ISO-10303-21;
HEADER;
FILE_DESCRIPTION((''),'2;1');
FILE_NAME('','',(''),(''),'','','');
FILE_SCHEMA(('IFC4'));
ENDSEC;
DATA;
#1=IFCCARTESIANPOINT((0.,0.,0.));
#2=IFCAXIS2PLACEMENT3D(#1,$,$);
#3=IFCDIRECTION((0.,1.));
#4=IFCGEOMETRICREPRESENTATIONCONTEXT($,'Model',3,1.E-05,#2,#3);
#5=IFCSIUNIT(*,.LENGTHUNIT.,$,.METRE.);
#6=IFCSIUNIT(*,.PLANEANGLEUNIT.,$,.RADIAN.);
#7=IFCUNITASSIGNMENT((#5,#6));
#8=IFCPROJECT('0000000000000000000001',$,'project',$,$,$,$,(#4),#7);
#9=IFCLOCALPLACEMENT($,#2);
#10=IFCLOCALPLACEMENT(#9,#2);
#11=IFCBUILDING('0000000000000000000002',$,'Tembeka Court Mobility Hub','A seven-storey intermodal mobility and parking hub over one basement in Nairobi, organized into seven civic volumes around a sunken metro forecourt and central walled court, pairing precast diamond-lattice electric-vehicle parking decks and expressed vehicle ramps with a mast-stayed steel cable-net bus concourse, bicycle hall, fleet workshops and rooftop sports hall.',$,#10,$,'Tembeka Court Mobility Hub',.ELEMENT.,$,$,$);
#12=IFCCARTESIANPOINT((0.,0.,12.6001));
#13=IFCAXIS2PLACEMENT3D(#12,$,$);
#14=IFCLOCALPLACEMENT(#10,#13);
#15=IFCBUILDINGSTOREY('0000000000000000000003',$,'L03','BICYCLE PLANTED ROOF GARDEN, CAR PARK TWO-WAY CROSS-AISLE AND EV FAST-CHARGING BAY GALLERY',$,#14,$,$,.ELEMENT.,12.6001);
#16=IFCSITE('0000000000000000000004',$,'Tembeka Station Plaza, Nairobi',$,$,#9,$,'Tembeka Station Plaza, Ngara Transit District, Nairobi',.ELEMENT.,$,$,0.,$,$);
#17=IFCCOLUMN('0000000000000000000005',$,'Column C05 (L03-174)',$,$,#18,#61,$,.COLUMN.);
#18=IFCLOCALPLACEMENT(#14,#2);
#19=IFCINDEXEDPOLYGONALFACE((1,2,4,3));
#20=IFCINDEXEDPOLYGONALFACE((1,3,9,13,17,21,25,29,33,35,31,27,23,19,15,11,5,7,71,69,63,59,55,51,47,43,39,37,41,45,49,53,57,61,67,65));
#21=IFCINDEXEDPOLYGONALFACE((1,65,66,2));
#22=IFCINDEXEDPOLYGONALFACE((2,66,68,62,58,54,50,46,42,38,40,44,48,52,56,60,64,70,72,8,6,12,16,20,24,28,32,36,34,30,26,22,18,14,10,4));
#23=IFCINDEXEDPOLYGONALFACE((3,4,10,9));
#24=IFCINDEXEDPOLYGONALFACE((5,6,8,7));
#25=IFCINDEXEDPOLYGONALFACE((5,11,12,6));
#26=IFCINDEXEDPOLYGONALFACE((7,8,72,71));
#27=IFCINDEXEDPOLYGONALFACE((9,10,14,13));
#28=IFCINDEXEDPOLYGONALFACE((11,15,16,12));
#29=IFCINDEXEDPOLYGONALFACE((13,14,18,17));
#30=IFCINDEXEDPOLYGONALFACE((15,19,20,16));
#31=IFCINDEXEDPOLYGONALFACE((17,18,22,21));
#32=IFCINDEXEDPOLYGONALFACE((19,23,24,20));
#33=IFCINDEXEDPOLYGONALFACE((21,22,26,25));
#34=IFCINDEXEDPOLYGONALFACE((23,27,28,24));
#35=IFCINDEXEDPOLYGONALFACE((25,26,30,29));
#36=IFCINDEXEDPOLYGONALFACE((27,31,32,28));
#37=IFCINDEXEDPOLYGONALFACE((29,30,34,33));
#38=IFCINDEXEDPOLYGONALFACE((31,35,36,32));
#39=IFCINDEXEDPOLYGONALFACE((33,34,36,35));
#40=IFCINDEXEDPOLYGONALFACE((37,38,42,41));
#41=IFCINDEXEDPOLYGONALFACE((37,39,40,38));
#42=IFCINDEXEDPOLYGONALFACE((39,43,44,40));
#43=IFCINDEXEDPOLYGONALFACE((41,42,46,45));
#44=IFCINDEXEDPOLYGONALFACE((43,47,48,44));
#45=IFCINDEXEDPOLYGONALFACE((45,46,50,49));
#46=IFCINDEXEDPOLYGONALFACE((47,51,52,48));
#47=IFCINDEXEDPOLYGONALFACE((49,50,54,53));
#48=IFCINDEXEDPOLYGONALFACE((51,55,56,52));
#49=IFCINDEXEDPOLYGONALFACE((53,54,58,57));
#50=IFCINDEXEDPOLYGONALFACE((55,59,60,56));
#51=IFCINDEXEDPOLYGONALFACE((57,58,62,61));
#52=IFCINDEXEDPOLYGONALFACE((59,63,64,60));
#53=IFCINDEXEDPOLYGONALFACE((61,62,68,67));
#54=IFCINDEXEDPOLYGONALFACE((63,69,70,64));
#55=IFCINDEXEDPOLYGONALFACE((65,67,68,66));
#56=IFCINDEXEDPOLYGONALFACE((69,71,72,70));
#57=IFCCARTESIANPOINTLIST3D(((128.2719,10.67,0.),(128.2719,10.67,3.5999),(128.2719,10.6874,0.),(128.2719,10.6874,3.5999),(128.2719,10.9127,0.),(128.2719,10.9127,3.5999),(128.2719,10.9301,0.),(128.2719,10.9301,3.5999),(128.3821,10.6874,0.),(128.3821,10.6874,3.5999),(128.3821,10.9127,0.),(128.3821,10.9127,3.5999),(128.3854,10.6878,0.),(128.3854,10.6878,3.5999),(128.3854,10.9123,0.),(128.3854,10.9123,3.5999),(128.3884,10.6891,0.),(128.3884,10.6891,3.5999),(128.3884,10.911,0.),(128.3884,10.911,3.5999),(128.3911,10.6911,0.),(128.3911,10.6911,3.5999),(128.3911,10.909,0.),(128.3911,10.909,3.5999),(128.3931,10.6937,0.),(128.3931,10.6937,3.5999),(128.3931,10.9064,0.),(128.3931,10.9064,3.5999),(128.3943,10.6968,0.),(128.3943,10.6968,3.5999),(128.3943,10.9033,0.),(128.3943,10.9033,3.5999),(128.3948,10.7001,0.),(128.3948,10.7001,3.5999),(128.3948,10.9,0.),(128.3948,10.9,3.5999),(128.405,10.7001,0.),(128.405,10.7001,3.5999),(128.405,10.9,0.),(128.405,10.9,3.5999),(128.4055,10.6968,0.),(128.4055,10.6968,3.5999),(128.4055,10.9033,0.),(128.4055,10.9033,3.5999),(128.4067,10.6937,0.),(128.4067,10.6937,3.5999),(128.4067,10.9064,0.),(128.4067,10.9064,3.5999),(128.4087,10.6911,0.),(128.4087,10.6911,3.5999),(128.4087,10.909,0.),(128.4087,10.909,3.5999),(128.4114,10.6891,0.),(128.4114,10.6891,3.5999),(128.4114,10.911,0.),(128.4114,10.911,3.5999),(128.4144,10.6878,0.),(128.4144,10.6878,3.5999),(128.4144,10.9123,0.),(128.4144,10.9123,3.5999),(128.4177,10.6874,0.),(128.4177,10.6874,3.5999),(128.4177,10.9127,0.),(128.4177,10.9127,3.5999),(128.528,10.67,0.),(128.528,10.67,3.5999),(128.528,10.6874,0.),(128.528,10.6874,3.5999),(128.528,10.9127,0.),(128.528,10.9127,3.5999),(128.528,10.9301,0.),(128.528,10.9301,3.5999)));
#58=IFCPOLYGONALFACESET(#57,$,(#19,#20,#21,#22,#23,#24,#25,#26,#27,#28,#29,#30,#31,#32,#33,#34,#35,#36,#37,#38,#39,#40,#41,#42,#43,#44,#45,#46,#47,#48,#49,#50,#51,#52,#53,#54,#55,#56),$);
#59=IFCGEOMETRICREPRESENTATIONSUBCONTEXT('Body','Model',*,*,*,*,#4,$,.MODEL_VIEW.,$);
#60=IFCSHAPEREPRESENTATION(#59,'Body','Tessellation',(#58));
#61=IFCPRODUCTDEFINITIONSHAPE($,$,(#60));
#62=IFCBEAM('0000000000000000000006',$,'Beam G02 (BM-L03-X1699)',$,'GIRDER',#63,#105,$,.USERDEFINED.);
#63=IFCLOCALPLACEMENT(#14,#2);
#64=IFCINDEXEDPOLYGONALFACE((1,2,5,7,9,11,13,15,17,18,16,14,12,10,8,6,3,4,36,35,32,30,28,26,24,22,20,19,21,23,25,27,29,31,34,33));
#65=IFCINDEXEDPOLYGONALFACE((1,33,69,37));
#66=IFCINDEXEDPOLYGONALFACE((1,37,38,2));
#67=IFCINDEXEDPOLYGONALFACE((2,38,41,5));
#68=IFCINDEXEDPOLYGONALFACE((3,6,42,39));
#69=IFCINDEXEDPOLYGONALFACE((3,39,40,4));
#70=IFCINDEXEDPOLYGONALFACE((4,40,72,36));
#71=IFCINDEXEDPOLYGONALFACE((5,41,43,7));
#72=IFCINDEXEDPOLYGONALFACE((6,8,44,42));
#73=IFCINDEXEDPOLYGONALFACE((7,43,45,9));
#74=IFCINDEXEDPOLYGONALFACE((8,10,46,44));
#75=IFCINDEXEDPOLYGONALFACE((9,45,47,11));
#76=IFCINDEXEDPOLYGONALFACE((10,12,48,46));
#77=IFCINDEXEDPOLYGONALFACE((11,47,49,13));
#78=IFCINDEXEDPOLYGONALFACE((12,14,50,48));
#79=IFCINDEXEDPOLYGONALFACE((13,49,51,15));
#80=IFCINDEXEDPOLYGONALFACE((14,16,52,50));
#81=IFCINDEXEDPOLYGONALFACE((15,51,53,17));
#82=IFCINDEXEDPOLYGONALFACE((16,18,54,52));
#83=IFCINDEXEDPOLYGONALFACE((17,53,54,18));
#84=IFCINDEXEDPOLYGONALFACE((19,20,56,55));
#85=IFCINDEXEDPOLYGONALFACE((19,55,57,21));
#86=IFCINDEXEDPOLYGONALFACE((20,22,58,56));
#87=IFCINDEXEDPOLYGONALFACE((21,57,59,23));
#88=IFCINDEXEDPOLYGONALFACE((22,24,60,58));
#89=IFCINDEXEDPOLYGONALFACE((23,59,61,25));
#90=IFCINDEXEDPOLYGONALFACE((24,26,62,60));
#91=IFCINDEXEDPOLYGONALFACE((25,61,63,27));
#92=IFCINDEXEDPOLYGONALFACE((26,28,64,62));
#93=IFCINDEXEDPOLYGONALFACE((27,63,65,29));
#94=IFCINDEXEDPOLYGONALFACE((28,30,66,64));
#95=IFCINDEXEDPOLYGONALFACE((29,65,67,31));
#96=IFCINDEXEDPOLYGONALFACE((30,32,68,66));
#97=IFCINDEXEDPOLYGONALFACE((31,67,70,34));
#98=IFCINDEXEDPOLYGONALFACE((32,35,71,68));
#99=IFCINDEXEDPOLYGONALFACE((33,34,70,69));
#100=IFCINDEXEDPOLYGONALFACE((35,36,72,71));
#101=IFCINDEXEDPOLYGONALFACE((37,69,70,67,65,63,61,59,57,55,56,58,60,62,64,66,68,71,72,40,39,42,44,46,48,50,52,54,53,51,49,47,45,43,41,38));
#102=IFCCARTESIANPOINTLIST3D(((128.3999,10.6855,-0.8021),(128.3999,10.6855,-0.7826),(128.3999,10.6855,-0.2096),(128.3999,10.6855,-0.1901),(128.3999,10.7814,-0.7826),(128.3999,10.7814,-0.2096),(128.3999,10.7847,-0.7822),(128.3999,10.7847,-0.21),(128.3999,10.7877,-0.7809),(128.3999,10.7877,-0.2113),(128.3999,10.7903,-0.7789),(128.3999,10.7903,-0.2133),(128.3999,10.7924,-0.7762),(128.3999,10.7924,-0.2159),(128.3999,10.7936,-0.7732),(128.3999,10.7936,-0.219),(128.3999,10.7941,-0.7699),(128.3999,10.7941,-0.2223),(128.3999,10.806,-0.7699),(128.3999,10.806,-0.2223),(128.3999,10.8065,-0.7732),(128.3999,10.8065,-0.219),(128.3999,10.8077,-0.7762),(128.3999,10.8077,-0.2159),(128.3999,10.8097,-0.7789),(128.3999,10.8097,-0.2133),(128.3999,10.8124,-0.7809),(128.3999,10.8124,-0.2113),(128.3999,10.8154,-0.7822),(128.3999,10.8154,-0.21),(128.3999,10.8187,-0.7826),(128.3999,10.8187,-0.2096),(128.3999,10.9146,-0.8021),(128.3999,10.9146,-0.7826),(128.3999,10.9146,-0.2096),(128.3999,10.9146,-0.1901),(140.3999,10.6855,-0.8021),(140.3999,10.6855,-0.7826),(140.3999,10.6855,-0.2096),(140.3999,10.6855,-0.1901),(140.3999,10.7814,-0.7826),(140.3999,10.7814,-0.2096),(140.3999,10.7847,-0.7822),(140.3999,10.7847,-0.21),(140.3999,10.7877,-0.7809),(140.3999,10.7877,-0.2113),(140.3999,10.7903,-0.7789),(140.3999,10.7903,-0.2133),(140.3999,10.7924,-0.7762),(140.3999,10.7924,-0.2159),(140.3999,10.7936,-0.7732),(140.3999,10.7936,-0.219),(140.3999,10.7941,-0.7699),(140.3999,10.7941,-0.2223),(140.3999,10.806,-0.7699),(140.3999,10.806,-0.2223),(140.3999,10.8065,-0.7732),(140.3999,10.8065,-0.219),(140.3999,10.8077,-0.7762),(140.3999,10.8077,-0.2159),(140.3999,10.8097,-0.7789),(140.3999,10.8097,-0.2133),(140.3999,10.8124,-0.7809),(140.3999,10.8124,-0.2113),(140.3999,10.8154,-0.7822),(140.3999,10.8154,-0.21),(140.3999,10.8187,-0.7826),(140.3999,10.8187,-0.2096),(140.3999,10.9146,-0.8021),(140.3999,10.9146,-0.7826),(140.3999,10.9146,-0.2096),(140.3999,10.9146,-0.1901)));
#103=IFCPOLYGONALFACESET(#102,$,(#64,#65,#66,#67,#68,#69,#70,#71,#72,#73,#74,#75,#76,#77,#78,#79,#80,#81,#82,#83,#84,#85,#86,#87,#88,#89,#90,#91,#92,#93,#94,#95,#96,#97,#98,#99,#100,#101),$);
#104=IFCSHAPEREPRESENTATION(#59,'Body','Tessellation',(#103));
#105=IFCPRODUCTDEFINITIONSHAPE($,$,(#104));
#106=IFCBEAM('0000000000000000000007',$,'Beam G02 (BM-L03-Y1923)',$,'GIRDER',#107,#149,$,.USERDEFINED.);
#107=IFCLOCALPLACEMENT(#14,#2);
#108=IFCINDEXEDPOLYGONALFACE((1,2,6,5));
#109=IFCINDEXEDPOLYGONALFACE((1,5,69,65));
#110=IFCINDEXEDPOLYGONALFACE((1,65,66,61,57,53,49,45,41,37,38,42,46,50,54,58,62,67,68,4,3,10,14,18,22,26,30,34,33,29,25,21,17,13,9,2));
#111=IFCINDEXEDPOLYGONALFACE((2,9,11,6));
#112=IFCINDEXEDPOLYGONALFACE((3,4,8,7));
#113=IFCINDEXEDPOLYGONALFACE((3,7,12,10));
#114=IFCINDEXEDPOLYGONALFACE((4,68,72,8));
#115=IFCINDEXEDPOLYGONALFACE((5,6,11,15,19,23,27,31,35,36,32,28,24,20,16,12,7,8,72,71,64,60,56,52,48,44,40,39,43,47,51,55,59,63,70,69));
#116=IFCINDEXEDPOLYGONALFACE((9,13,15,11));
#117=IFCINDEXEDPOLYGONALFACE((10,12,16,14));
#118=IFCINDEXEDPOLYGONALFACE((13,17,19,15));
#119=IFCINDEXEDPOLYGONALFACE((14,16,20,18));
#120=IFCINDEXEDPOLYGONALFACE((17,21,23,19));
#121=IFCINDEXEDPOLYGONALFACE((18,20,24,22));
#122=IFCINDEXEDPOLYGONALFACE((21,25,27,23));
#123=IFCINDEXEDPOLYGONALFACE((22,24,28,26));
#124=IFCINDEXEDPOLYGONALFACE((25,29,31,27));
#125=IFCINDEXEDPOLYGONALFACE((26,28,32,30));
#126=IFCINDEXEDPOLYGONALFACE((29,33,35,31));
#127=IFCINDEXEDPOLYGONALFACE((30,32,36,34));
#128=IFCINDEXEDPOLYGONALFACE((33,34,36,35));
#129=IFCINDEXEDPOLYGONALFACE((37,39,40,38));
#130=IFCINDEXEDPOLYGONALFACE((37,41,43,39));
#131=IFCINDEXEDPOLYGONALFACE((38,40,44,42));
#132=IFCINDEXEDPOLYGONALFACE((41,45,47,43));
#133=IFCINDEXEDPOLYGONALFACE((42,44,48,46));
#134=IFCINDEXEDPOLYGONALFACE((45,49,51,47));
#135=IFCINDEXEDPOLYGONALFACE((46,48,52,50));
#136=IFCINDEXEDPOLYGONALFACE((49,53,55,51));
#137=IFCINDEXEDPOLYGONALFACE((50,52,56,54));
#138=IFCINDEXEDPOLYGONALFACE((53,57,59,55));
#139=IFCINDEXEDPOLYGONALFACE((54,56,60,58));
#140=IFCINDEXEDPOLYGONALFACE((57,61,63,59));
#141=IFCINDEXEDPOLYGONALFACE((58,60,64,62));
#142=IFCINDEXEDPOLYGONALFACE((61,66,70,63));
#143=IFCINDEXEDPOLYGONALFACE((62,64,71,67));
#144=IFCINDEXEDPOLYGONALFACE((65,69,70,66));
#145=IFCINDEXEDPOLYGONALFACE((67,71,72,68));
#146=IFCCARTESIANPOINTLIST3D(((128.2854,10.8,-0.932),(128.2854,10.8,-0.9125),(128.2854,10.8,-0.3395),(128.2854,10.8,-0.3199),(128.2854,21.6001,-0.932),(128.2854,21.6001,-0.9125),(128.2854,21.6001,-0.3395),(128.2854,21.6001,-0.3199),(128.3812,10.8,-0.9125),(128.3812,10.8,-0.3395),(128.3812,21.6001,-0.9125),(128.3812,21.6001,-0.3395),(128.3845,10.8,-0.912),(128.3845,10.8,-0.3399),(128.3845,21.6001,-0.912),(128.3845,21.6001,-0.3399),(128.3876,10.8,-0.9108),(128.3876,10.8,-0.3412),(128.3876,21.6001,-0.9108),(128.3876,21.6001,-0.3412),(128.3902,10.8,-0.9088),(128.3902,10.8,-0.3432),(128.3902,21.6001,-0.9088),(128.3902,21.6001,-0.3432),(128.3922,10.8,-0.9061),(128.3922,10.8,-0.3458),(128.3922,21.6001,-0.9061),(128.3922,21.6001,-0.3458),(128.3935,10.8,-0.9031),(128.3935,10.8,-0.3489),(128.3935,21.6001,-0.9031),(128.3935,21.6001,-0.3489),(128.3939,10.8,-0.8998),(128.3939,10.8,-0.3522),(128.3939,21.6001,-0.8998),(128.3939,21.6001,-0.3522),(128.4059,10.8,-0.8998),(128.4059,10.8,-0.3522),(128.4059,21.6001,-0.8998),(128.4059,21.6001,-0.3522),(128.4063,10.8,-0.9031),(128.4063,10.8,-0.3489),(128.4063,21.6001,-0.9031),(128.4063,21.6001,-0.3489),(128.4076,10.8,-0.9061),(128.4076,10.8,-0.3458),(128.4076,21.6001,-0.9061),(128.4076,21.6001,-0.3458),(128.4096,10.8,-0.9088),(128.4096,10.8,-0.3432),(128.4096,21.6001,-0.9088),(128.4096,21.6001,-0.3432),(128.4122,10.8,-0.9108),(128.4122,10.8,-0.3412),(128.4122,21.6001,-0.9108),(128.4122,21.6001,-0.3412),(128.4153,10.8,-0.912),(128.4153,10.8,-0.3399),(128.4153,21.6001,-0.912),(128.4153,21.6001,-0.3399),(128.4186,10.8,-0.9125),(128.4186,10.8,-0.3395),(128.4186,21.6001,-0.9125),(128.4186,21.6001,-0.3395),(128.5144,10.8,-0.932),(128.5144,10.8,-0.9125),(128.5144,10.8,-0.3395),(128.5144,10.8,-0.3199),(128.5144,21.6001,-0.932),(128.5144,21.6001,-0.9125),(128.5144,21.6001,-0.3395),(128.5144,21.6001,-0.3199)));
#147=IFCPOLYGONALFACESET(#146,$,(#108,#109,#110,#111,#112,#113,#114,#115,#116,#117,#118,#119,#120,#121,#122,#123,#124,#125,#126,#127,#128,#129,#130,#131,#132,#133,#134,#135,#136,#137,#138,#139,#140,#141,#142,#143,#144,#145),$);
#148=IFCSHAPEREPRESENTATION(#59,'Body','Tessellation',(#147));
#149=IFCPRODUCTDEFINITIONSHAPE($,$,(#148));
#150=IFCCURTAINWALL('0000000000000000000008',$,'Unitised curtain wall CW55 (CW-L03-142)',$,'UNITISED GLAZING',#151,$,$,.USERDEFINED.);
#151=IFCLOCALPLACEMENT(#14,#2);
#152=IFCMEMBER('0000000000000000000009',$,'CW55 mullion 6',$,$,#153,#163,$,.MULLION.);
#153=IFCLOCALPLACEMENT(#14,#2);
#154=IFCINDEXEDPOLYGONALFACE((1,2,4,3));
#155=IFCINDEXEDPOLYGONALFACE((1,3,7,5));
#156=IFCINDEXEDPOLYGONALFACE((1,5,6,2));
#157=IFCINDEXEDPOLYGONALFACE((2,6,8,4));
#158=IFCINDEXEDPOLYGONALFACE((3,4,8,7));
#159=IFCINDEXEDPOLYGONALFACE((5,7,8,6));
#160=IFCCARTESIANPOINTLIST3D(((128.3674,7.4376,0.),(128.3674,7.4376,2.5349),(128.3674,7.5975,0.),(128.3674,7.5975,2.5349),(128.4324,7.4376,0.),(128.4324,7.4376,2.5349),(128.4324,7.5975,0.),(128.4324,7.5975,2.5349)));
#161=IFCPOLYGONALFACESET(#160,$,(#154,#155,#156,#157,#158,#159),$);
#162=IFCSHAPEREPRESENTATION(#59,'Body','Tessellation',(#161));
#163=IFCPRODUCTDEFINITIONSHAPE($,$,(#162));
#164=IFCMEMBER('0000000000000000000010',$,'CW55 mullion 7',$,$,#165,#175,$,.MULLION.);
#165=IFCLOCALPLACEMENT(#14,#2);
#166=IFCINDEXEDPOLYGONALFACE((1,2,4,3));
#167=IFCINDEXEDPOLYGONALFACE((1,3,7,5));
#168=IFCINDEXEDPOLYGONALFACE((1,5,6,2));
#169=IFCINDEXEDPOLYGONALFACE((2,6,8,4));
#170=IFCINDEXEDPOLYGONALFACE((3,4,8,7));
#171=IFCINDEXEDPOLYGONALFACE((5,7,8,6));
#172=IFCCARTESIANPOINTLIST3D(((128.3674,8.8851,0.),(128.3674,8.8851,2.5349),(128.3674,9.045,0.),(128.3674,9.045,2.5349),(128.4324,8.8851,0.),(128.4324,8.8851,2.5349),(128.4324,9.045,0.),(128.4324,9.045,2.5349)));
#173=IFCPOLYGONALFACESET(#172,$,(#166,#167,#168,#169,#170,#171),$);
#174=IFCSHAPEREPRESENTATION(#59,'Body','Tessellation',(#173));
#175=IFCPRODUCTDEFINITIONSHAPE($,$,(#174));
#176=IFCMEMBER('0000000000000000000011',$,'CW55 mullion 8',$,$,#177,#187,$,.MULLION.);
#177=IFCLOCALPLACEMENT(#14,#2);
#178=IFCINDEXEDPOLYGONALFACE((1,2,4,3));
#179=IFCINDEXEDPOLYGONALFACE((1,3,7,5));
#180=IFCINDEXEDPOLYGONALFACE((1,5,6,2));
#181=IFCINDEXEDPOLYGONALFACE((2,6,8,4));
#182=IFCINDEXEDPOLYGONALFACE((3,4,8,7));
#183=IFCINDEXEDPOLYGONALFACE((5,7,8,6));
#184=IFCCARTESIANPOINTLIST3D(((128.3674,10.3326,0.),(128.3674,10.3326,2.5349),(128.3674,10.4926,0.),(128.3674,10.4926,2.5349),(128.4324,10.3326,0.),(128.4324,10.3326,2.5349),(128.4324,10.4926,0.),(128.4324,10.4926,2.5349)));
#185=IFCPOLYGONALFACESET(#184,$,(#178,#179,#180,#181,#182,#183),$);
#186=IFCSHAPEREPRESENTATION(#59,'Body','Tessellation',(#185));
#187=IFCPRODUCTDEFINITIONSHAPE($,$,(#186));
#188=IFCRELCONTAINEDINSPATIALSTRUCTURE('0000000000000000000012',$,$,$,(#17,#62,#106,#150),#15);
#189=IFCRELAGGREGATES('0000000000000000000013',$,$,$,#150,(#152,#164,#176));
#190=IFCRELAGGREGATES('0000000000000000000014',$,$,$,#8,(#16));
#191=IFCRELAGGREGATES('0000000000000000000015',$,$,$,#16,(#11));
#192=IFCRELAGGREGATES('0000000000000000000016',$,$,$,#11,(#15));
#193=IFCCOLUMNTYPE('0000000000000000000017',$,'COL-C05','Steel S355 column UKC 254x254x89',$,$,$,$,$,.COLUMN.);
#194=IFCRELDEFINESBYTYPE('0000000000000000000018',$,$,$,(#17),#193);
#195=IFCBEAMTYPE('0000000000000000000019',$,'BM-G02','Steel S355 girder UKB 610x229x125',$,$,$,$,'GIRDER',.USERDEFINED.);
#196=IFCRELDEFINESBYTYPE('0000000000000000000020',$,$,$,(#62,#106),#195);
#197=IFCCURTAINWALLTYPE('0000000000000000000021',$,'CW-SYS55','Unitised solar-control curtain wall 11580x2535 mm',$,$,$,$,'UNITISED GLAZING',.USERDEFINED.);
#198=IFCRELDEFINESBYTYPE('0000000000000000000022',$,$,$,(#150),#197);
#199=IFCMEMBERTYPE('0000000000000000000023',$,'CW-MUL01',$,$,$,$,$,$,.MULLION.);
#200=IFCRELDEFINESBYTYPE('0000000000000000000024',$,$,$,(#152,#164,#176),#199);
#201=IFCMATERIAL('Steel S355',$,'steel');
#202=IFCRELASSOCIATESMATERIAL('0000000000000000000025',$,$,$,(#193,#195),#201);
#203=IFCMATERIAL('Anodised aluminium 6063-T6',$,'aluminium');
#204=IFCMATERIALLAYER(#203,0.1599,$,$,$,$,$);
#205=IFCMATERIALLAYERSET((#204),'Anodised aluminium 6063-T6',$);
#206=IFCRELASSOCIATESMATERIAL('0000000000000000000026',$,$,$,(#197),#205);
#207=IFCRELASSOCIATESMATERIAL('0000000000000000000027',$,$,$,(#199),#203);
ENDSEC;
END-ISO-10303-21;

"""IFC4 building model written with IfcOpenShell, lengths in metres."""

from ifc_helpers import new_model, si_unit, direction, frame, origin, origin_2d, place, context, subcontext, project, spatial, rectangle, i_section, extrude, material, layer, layer_set, material_profile, profile_set, type_object, element, aggregate, save


model = new_model("IFC4")

# Units and contexts
model_context = context("Model", 3, precision=1e-05, world=origin(), true_north=direction((0.0, 1.0)))
body_context = subcontext(model_context, "Body", "Model", "MODEL_VIEW")
ifc_project = project(units=[si_unit("LENGTHUNIT", "METRE"), si_unit("PLANEANGLEUNIT", "RADIAN")], contexts=[model_context])

# Site, building, storey
site_placement = place(None, origin())
site = spatial("IfcSite", under=ifc_project, at=site_placement, Name="Tembeka Station Plaza, Nairobi", LongName="Tembeka Station Plaza, Ngara Transit District, Nairobi", CompositionType="ELEMENT", RefElevation=0.0)
building_placement = place(site_placement, origin())
building = spatial("IfcBuilding", under=site, at=building_placement, Name="Tembeka Court Mobility Hub", Description="A seven-storey intermodal mobility and parking hub over one basement in Nairobi, organized into seven civic volumes around a sunken metro forecourt and central walled court, pairing precast diamond-lattice electric-vehicle parking decks and expressed vehicle ramps with a mast-stayed steel cable-net bus concourse, bicycle hall, fleet workshops and rooftop sports hall.", LongName="Tembeka Court Mobility Hub", CompositionType="ELEMENT")
storey_placement = place(building_placement, frame((0.0, 0.0, 12.6001)))
storey = spatial("IfcBuildingStorey", under=building, at=storey_placement, Name="L03", Description="BICYCLE PLANTED ROOF GARDEN, CAR PARK TWO-WAY CROSS-AISLE AND EV FAST-CHARGING BAY GALLERY", CompositionType="ELEMENT", Elevation=12.6001)

# Column
ifc_material_1 = material(Name="Steel S355", Category="steel")
ifc_material_profile_1 = material_profile(ifc_material_1, i_section(OverallWidth=0.2561, OverallDepth=0.26, WebThickness=0.0103, FlangeThickness=0.0173, FilletRadius=0.0127, at=origin_2d()), Name="UKC 254x254x89")
ifc_profile_set_1 = profile_set([ifc_material_profile_1], Name="Steel S355")
column_type = type_object("IfcColumnType", Name="COL-C05", Description="Steel S355 column UKC 254x254x89", PredefinedType="COLUMN", material=ifc_profile_set_1)
column_placement = place(storey_placement, frame((128.3999, 10.8, 0.0), z_axis=(0.0, 0.0, 1.0), x_axis=(1.0, 0.0, 0.0)))
element("IfcColumn", 1, at=column_placement, inside=storey, type_object=column_type, Name="Column C05 (L03-174)", PredefinedType="COLUMN", context=body_context, shape_type="SweptSolid", body=[
    extrude(i_section(OverallWidth=0.2561, OverallDepth=0.26, WebThickness=0.0103, FlangeThickness=0.0173, FilletRadius=0.0127, at=origin_2d()), origin(), (0.0, 0.0, 1.0), 3.5999),
])

# Beams
ifc_material_profile_2 = material_profile(ifc_material_1, i_section(OverallWidth=0.229, OverallDepth=0.6121, WebThickness=0.012, FlangeThickness=0.0195, FilletRadius=0.0127, at=origin_2d()), Name="UKB 610x229x125")
ifc_profile_set_2 = profile_set([ifc_material_profile_2], Name="Steel S355")
beam_type = type_object("IfcBeamType", Name="BM-G02", Description="Steel S355 girder UKB 610x229x125", ElementType="GIRDER", PredefinedType="USERDEFINED", material=ifc_profile_set_2)
beam_1_placement = place(storey_placement, frame((128.3999, 10.8, -0.4961), z_axis=(1.0, 0.0, 0.0), x_axis=(0.0, 1.0, 0.0)))
element("IfcBeam", 2, at=beam_1_placement, inside=storey, type_object=beam_type, Name="Beam G02 (BM-L03-X1699)", ObjectType="GIRDER", PredefinedType="USERDEFINED", context=body_context, shape_type="SweptSolid", body=[
    extrude(i_section(OverallWidth=0.229, OverallDepth=0.6121, WebThickness=0.012, FlangeThickness=0.0195, FilletRadius=0.0127, at=origin_2d()), origin(), (0.0, 0.0, 1.0), 12.0),
])
beam_2_placement = place(storey_placement, frame((128.3999, 10.8, -0.626), z_axis=(0.0, 1.0, 0.0), x_axis=(-1.0, 0.0, 0.0)))
element("IfcBeam", 3, at=beam_2_placement, inside=storey, type_object=beam_type, Name="Beam G02 (BM-L03-Y1923)", ObjectType="GIRDER", PredefinedType="USERDEFINED", context=body_context, shape_type="SweptSolid", body=[
    extrude(i_section(OverallWidth=0.229, OverallDepth=0.6121, WebThickness=0.012, FlangeThickness=0.0195, FilletRadius=0.0127, at=origin_2d()), origin(), (0.0, 0.0, 1.0), 10.8),
])

# Curtain wall, members
ifc_material_2 = material(Name="Anodised aluminium 6063-T6", Category="aluminium")
ifc_layer_1 = layer(ifc_material_2, 0.1599)
ifc_layer_set_1 = layer_set([ifc_layer_1], Name="Anodised aluminium 6063-T6")
curtain_wall_type_1 = type_object("IfcCurtainWallType", Name="CW-SYS55", Description="Unitised solar-control curtain wall 11580x2535 mm", ElementType="UNITISED GLAZING", PredefinedType="USERDEFINED", material=ifc_layer_set_1)
curtain_wall_1_placement = place(storey_placement, origin())
curtain_wall_1 = element("IfcCurtainWall", 4, at=curtain_wall_1_placement, inside=storey, type_object=curtain_wall_type_1, Name="Unitised curtain wall CW55 (CW-L03-142)", ObjectType="UNITISED GLAZING", PredefinedType="USERDEFINED")
ifc_material_profile_3 = material_profile(ifc_material_2, rectangle(XDim=0.0649, YDim=0.1599, at=origin_2d()), Name="ALU-MUL 65x160")
ifc_profile_set_3 = profile_set([ifc_material_profile_3], Name="Anodised aluminium 6063-T6")
member_type_1 = type_object("IfcMemberType", Name="CW-MUL01", PredefinedType="MULLION", material=ifc_profile_set_3)
member_1_placement = place(storey_placement, frame((128.3999, 7.5176, 0.0), z_axis=(0.0, 0.0, 1.0), x_axis=(-1.0, 0.0, 0.0)))
member_1 = element("IfcMember", 5, at=member_1_placement, type_object=member_type_1, Name="CW55 mullion 6", PredefinedType="MULLION", context=body_context, shape_type="SweptSolid", body=[
    extrude(rectangle(XDim=0.0649, YDim=0.1599, at=origin_2d()), origin(), (0.0, 0.0, 1.0), 2.5349),
])
member_2_placement = place(storey_placement, frame((128.3999, 8.9651, 0.0), z_axis=(0.0, 0.0, 1.0), x_axis=(-1.0, 0.0, 0.0)))
member_2 = element("IfcMember", 6, at=member_2_placement, type_object=member_type_1, Name="CW55 mullion 7", PredefinedType="MULLION", context=body_context, shape_type="SweptSolid", body=[
    extrude(rectangle(XDim=0.0649, YDim=0.1599, at=origin_2d()), origin(), (0.0, 0.0, 1.0), 2.5349),
])
member_3_placement = place(storey_placement, frame((128.3999, 10.4126, 0.0), z_axis=(0.0, 0.0, 1.0), x_axis=(-1.0, 0.0, 0.0)))
member_3 = element("IfcMember", 7, at=member_3_placement, type_object=member_type_1, Name="CW55 mullion 8", PredefinedType="MULLION", context=body_context, shape_type="SweptSolid", body=[
    extrude(rectangle(XDim=0.0649, YDim=0.1599, at=origin_2d()), origin(), (0.0, 0.0, 1.0), 2.5349),
])

aggregate(curtain_wall_1, [member_1, member_2, member_3])

save(model, "model.ifc")
